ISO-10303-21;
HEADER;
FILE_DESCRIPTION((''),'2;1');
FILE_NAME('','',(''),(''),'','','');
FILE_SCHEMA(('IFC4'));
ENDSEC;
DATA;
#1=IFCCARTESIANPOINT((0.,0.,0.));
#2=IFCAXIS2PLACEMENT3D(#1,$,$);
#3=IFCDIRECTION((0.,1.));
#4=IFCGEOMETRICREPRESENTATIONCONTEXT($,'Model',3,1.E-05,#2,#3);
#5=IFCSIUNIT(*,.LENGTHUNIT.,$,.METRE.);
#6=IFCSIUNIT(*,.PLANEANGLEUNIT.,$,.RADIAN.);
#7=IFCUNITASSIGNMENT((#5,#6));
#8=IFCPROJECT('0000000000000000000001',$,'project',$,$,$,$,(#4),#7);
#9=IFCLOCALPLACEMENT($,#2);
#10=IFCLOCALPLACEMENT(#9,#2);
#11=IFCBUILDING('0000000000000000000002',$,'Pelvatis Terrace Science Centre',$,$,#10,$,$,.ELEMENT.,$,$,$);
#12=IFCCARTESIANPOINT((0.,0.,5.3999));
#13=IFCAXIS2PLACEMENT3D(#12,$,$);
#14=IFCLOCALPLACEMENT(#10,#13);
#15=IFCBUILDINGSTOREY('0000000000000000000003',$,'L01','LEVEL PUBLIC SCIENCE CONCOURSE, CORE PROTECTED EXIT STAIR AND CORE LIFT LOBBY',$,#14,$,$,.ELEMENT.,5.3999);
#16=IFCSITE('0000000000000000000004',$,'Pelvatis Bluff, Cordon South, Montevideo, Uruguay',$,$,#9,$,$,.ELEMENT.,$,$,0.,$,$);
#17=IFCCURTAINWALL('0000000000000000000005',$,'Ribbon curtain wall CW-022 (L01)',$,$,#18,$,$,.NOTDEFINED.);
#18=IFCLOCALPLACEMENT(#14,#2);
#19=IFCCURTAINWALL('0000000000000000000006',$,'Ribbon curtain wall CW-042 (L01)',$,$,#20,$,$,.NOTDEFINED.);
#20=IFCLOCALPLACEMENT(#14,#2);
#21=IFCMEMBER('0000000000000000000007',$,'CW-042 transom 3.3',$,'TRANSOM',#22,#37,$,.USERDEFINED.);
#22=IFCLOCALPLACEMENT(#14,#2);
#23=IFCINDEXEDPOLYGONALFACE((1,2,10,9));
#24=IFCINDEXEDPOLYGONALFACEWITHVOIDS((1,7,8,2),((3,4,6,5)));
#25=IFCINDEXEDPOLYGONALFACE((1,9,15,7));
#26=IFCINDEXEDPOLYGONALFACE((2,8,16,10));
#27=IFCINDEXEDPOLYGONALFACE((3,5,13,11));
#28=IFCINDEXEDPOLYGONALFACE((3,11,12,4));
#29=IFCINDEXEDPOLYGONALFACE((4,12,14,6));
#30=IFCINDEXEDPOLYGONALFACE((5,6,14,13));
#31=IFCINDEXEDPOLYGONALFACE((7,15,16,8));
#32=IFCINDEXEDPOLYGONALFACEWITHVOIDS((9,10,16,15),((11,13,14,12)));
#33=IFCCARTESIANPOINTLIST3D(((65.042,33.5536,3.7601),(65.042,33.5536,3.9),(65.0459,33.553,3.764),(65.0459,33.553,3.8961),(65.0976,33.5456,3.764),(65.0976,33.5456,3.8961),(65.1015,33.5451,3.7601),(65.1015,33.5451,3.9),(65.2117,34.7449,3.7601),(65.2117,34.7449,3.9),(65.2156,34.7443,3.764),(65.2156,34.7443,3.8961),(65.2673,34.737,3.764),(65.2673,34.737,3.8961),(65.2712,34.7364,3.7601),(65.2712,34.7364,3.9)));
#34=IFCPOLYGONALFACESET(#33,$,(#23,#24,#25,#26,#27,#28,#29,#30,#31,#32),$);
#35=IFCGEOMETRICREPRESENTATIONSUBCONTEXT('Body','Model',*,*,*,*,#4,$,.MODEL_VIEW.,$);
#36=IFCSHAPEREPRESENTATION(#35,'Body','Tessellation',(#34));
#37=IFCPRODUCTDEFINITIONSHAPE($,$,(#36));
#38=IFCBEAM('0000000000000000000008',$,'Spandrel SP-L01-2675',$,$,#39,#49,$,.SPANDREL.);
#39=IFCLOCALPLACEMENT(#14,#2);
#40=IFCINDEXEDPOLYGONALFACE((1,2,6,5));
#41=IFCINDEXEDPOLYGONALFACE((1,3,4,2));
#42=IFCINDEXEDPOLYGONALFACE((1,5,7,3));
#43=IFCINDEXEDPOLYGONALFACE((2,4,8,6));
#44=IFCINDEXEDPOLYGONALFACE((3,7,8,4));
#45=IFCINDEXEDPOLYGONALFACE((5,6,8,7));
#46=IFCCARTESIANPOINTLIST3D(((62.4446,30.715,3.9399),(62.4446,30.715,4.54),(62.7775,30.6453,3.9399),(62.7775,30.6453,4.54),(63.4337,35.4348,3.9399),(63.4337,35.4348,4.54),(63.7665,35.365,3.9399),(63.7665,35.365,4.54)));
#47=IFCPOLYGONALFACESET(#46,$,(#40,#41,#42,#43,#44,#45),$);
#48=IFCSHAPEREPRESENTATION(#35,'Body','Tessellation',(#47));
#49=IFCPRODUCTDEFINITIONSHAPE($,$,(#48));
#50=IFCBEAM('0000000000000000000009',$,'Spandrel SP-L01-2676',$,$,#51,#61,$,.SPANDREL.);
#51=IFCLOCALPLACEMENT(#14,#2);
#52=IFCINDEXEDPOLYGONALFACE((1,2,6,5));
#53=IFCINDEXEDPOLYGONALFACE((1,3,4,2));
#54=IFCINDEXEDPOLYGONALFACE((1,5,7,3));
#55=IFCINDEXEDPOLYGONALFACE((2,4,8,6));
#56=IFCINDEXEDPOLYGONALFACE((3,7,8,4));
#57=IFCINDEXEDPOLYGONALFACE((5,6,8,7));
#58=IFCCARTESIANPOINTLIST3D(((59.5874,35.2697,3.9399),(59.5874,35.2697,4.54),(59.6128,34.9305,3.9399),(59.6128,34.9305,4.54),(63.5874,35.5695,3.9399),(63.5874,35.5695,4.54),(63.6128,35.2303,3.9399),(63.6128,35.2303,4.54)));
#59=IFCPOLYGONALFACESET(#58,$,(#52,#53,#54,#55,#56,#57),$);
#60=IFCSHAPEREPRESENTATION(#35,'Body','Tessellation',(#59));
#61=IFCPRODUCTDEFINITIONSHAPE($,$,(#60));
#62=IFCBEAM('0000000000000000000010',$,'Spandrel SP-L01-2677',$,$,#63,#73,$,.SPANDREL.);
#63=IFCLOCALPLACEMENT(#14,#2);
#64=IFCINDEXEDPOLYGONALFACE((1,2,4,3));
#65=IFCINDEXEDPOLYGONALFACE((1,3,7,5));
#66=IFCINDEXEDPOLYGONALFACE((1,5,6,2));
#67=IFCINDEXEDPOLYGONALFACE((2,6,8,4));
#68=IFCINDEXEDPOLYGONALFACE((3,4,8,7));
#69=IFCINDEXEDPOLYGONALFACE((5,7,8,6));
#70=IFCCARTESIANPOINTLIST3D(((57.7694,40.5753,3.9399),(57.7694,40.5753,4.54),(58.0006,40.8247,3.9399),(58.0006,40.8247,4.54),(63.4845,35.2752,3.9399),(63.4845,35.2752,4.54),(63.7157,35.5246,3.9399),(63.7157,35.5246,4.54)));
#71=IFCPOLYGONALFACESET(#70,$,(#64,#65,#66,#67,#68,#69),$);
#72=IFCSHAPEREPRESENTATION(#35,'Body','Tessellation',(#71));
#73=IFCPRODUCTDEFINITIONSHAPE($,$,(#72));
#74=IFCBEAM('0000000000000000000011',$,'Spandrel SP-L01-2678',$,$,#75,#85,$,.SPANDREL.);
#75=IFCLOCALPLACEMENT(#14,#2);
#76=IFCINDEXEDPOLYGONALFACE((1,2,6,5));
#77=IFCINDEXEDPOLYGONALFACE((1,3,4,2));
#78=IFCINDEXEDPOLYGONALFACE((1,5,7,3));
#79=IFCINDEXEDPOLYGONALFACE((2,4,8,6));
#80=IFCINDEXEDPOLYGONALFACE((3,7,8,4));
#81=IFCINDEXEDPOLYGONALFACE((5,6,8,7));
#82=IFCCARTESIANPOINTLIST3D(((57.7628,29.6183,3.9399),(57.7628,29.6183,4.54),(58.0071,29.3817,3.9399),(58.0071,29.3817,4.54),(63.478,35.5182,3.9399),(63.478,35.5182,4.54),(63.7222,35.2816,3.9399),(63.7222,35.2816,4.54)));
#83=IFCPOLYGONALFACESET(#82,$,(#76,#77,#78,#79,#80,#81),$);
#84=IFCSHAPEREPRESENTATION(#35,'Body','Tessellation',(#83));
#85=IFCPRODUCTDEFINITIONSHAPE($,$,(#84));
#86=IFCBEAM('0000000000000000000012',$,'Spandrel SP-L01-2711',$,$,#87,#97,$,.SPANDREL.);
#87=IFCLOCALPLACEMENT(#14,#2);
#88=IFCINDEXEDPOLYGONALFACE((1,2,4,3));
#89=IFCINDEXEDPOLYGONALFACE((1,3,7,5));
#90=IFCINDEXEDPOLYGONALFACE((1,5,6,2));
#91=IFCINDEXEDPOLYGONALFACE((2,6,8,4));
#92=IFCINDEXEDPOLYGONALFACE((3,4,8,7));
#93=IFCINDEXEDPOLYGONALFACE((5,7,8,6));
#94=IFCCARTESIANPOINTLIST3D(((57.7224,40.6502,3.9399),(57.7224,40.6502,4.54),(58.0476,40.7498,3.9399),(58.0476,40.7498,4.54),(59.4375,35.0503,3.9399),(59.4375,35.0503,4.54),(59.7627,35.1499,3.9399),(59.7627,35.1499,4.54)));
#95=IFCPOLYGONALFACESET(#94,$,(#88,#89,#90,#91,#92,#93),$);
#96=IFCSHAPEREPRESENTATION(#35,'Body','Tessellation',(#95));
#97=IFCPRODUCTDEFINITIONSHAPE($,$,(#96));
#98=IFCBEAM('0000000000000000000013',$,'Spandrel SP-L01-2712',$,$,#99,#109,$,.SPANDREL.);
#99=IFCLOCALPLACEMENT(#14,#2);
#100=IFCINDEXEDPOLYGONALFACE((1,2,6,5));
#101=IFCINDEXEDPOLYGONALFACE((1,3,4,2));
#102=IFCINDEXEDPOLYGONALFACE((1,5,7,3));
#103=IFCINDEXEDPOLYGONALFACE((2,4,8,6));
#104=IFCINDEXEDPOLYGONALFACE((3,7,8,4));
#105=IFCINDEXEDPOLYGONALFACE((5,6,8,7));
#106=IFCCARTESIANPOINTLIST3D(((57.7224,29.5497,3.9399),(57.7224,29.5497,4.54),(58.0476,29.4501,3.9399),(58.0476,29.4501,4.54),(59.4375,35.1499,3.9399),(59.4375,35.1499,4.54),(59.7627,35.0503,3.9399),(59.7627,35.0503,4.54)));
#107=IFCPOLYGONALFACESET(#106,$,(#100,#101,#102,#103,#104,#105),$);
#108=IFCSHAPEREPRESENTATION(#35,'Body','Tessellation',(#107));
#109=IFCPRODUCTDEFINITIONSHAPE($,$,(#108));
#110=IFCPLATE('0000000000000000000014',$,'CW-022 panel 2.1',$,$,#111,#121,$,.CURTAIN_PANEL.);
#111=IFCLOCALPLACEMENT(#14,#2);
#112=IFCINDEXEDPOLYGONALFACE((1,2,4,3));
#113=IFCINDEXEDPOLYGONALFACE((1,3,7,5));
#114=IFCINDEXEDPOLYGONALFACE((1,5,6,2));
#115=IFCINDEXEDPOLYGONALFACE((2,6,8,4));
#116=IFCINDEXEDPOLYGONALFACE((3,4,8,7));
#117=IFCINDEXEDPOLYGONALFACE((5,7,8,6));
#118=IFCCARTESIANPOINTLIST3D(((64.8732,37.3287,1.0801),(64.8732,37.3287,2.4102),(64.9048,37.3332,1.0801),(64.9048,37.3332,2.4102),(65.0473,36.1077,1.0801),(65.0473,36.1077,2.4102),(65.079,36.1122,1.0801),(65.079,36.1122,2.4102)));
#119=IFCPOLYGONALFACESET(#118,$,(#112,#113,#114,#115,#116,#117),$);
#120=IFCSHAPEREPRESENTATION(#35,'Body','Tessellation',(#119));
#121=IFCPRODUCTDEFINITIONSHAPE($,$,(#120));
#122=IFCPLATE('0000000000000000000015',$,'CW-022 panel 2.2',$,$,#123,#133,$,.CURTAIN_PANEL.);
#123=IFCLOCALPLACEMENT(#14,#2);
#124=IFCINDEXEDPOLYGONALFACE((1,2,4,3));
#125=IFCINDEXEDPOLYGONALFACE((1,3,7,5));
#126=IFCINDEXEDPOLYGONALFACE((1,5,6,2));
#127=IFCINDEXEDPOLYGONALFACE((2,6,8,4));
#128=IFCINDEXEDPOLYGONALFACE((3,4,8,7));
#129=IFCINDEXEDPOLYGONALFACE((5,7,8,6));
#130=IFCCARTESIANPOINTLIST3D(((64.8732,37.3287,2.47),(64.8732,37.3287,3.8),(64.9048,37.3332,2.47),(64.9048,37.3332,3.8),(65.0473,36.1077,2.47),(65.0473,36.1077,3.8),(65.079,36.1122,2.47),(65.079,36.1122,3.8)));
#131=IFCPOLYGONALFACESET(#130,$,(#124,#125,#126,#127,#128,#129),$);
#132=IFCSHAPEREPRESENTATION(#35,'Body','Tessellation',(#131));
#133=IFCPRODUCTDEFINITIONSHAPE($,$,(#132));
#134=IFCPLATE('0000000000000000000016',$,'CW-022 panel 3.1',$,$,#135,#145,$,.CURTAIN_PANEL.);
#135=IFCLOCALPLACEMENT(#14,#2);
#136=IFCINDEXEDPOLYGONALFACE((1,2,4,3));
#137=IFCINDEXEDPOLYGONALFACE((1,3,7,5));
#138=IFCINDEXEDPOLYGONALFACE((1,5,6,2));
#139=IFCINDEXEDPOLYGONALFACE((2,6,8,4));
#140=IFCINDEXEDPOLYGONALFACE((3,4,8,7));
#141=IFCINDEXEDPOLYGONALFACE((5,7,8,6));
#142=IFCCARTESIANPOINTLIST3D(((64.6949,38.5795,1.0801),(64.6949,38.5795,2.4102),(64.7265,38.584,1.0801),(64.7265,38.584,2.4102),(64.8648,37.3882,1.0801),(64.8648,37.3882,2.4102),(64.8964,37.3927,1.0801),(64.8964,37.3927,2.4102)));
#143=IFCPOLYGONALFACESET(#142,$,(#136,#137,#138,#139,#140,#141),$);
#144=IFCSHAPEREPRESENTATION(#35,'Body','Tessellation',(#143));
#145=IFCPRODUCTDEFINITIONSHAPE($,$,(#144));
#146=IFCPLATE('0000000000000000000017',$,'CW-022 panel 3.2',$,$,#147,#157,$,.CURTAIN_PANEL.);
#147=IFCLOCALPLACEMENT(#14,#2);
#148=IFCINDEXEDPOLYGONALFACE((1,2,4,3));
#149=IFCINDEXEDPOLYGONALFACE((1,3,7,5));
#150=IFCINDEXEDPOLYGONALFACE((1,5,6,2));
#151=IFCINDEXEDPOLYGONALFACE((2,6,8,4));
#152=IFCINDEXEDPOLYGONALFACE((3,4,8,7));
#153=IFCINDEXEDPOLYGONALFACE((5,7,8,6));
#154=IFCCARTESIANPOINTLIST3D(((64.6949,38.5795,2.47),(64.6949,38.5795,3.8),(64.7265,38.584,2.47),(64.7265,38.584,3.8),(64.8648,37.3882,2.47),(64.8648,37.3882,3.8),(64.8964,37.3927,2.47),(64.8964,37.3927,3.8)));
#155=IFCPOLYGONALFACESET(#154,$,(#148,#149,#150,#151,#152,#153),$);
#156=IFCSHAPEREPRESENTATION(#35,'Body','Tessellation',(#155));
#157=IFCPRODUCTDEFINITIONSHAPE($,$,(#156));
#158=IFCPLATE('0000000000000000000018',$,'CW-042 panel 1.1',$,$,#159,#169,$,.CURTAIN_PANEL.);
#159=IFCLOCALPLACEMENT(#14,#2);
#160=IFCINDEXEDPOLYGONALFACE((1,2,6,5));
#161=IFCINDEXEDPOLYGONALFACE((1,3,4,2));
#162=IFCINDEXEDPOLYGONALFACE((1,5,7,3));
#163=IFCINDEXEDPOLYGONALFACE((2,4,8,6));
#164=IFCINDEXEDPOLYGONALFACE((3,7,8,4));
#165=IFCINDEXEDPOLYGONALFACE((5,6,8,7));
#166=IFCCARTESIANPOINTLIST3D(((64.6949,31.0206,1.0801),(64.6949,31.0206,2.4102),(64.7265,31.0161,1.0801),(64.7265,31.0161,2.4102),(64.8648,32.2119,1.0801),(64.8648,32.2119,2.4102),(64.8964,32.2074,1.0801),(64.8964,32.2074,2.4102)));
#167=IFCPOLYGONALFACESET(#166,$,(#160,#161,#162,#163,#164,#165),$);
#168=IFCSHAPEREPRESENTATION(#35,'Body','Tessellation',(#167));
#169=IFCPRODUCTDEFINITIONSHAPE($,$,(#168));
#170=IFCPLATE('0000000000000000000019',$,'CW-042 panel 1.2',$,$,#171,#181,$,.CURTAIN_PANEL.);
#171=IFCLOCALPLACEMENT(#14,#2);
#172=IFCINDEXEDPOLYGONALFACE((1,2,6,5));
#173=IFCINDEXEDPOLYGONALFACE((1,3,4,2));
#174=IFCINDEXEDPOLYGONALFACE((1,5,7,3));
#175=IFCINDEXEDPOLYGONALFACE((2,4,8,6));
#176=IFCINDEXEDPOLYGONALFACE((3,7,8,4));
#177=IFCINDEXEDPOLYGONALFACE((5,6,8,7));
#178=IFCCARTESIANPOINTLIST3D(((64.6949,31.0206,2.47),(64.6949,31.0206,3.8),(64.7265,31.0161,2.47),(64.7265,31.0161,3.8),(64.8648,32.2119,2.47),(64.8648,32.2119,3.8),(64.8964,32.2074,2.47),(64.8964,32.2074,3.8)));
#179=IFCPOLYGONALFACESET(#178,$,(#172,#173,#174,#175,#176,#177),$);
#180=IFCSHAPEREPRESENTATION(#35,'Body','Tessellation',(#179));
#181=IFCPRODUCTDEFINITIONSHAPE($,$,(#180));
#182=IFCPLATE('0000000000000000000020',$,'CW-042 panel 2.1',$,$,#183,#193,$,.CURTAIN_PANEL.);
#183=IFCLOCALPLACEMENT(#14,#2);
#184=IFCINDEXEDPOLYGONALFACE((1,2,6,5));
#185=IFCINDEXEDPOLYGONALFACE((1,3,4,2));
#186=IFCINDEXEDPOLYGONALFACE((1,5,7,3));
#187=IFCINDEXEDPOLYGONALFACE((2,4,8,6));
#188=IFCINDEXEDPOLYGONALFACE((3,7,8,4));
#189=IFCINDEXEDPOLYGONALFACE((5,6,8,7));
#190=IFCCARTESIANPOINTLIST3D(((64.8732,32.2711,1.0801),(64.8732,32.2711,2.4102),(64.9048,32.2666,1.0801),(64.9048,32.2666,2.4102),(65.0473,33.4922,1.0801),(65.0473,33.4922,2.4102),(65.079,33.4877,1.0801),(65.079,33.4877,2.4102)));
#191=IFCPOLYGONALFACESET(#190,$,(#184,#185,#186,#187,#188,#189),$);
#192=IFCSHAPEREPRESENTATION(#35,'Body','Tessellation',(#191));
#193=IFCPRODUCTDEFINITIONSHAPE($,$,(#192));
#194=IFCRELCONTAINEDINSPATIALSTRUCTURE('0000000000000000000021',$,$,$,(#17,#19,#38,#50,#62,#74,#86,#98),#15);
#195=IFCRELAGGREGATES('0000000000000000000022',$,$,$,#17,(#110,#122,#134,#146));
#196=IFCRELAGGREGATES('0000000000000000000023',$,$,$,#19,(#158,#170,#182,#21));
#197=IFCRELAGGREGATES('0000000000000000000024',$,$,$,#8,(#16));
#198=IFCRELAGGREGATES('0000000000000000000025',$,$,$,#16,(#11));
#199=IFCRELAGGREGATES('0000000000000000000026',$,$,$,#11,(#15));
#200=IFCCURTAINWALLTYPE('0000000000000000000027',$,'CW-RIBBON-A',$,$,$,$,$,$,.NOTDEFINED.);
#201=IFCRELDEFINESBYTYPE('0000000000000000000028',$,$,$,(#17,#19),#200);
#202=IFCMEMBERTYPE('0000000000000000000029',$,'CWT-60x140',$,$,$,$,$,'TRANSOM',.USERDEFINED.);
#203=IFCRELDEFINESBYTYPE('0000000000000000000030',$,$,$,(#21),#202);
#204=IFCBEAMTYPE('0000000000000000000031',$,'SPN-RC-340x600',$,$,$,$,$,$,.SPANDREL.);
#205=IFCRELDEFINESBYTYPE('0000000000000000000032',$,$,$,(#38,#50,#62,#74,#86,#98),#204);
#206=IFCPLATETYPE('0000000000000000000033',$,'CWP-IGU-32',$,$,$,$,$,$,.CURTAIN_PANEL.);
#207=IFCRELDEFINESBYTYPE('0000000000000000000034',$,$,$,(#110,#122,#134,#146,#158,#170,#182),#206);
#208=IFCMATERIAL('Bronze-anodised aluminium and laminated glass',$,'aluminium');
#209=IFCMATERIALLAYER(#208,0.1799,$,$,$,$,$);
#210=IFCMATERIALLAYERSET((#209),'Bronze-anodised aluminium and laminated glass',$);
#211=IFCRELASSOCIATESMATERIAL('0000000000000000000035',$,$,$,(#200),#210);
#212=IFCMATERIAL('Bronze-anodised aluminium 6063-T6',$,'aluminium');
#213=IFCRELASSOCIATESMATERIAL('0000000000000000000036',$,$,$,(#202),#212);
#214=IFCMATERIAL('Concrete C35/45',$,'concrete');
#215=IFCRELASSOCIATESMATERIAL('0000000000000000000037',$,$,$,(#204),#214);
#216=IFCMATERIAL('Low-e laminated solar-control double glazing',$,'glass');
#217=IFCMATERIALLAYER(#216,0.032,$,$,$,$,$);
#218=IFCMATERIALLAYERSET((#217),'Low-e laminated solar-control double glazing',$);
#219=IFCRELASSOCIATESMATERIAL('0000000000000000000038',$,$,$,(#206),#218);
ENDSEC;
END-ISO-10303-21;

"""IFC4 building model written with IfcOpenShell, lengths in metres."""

from ifc_helpers import new_model, si_unit, direction, frame, origin, origin_2d, place, context, subcontext, project, spatial, rectangle, hollow_rectangle, extrude, material, layer, layer_set, material_profile, profile_set, type_object, element, aggregate, save


model = new_model("IFC4")

# Units and contexts
model_context = context("Model", 3, precision=1e-05, world=origin(), true_north=direction((0.0, 1.0)))
body_context = subcontext(model_context, "Body", "Model", "MODEL_VIEW")
ifc_project = project(units=[si_unit("LENGTHUNIT", "METRE"), si_unit("PLANEANGLEUNIT", "RADIAN")], contexts=[model_context])

# Site, building, storey
site_placement = place(None, origin())
site = spatial("IfcSite", under=ifc_project, at=site_placement, Name="Pelvatis Bluff, Cordon South, Montevideo, Uruguay", CompositionType="ELEMENT", RefElevation=0.0)
building_placement = place(site_placement, origin())
building = spatial("IfcBuilding", under=site, at=building_placement, Name="Pelvatis Terrace Science Centre", CompositionType="ELEMENT")
storey_placement = place(building_placement, frame((0.0, 0.0, 5.3999)))
storey = spatial("IfcBuildingStorey", under=building, at=storey_placement, Name="L01", Description="LEVEL PUBLIC SCIENCE CONCOURSE, CORE PROTECTED EXIT STAIR AND CORE LIFT LOBBY", CompositionType="ELEMENT", Elevation=5.3999)

# Curtain walls
ifc_material_1 = material(Name="Bronze-anodised aluminium and laminated glass", Category="aluminium")
ifc_layer_1 = layer(ifc_material_1, 0.1799)
ifc_layer_set_1 = layer_set([ifc_layer_1], Name="Bronze-anodised aluminium and laminated glass")
curtain_wall_type = type_object("IfcCurtainWallType", Name="CW-RIBBON-A", PredefinedType="NOTDEFINED", material=ifc_layer_set_1)
curtain_wall_1_placement = place(storey_placement, origin())
curtain_wall_1 = element("IfcCurtainWall", 1, at=curtain_wall_1_placement, inside=storey, type_object=curtain_wall_type, Name="Ribbon curtain wall CW-022 (L01)", PredefinedType="NOTDEFINED")
curtain_wall_2_placement = place(storey_placement, origin())
curtain_wall_2 = element("IfcCurtainWall", 2, at=curtain_wall_2_placement, inside=storey, type_object=curtain_wall_type, Name="Ribbon curtain wall CW-042 (L01)", PredefinedType="NOTDEFINED")

# Member
ifc_material_2 = material(Name="Bronze-anodised aluminium 6063-T6", Category="aluminium")
ifc_material_profile_1 = material_profile(ifc_material_2, hollow_rectangle(XDim=0.0601, YDim=0.1399, WallThickness=0.0039, at=origin_2d()), Name="ALU-TRN 60x140")
ifc_profile_set_1 = profile_set([ifc_material_profile_1], Name="Bronze-anodised aluminium 6063-T6")
member_type_1 = type_object("IfcMemberType", Name="CWT-60x140", ElementType="TRANSOM", PredefinedType="USERDEFINED", material=ifc_profile_set_1)
member_1_placement = place(storey_placement, frame((65.0718, 33.5493, 3.8301), z_axis=(0.140995, 0.99001, 0.0), x_axis=(-0.99001, 0.140995, 0.0)))
member_1 = element("IfcMember", 3, at=member_1_placement, type_object=member_type_1, Name="CW-042 transom 3.3", ObjectType="TRANSOM", PredefinedType="USERDEFINED", context=body_context, shape_type="SweptSolid", body=[
    extrude(hollow_rectangle(XDim=0.0601, YDim=0.1399, WallThickness=0.0039, at=origin_2d()), origin(), (0.0, 0.0, 1.0), 1.2034),
])

# Beams
ifc_material_3 = material(Name="Concrete C35/45", Category="concrete")
ifc_material_profile_2 = material_profile(ifc_material_3, rectangle(XDim=0.3401, YDim=0.6001, at=origin_2d()), Name="RC-SPN 340x600")
ifc_profile_set_2 = profile_set([ifc_material_profile_2], Name="Concrete C35/45")
beam_type = type_object("IfcBeamType", Name="SPN-RC-340x600", PredefinedType="SPANDREL", material=ifc_profile_set_2)
beam_1_placement = place(storey_placement, frame((63.6001, 35.3999, 4.24), z_axis=(-0.205094, -0.978742, 0.0), x_axis=(0.978742, -0.205094, 0.0)))
element("IfcBeam", 4, at=beam_1_placement, inside=storey, type_object=beam_type, Name="Spandrel SP-L01-2675", PredefinedType="SPANDREL", context=body_context, shape_type="SweptSolid", body=[
    extrude(rectangle(XDim=0.3401, YDim=0.6001, at=origin_2d()), origin(), (0.0, 0.0, 1.0), 4.8223),
])
beam_2_placement = place(storey_placement, frame((63.6001, 35.3999, 4.24), z_axis=(-0.997203, -0.074742, 0.0), x_axis=(0.074742, -0.997203, 0.0)))
element("IfcBeam", 5, at=beam_2_placement, inside=storey, type_object=beam_type, Name="Spandrel SP-L01-2676", PredefinedType="SPANDREL", context=body_context, shape_type="SweptSolid", body=[
    extrude(rectangle(XDim=0.3401, YDim=0.6001, at=origin_2d()), origin(), (0.0, 0.0, 1.0), 4.0112),
])
beam_3_placement = place(storey_placement, frame((63.6001, 35.3999, 4.24), z_axis=(-0.73323, 0.679981, 0.0), x_axis=(-0.679981, -0.73323, 0.0)))
element("IfcBeam", 6, at=beam_3_placement, inside=storey, type_object=beam_type, Name="Spandrel SP-L01-2677", PredefinedType="SPANDREL", context=body_context, shape_type="SweptSolid", body=[
    extrude(rectangle(XDim=0.3401, YDim=0.6001, at=origin_2d()), origin(), (0.0, 0.0, 1.0), 7.7944),
])
beam_4_placement = place(storey_placement, frame((63.6001, 35.3999, 4.24), z_axis=(-0.695767, -0.718267, 0.0), x_axis=(0.718267, -0.695767, 0.0)))
element("IfcBeam", 7, at=beam_4_placement, inside=storey, type_object=beam_type, Name="Spandrel SP-L01-2678", PredefinedType="SPANDREL", context=body_context, shape_type="SweptSolid", body=[
    extrude(rectangle(XDim=0.3401, YDim=0.6001, at=origin_2d()), origin(), (0.0, 0.0, 1.0), 8.2141),
])
beam_5_placement = place(storey_placement, frame((59.6001, 35.1001, 4.24), z_axis=(-0.292847, 0.956159, 0.0), x_axis=(-0.956159, -0.292847, 0.0)))
element("IfcBeam", 8, at=beam_5_placement, inside=storey, type_object=beam_type, Name="Spandrel SP-L01-2711", PredefinedType="SPANDREL", context=body_context, shape_type="SweptSolid", body=[
    extrude(rectangle(XDim=0.3401, YDim=0.6001, at=origin_2d()), origin(), (0.0, 0.0, 1.0), 5.8567),
])
beam_6_placement = place(storey_placement, frame((59.6001, 35.1001, 4.24), z_axis=(-0.292835, -0.956163, 0.0), x_axis=(0.956163, -0.292835, 0.0)))
element("IfcBeam", 9, at=beam_6_placement, inside=storey, type_object=beam_type, Name="Spandrel SP-L01-2712", PredefinedType="SPANDREL", context=body_context, shape_type="SweptSolid", body=[
    extrude(rectangle(XDim=0.3401, YDim=0.6001, at=origin_2d()), origin(), (0.0, 0.0, 1.0), 5.8569),
])

# Plates
ifc_material_4 = material(Name="Low-e laminated solar-control double glazing", Category="glass")
ifc_layer_2 = layer(ifc_material_4, 0.032)
ifc_layer_set_2 = layer_set([ifc_layer_2], Name="Low-e laminated solar-control double glazing")
plate_type = type_object("IfcPlateType", Name="CWP-IGU-32", PredefinedType="CURTAIN_PANEL", material=ifc_layer_set_2)
plate_1_placement = place(storey_placement, frame((64.9761, 36.7205, 1.0801), z_axis=(0.0, 0.0, 1.0), x_axis=(-0.141165, 0.989986, 0.0)))
plate_1 = element("IfcPlate", 10, at=plate_1_placement, type_object=plate_type, Name="CW-022 panel 2.1", PredefinedType="CURTAIN_PANEL", context=body_context, shape_type="SweptSolid", body=[
    extrude(rectangle(XDim=1.2334, YDim=0.032, at=origin_2d()), origin(), (0.0, 0.0, 1.0), 1.3301),
])
plate_2_placement = place(storey_placement, frame((64.9761, 36.7205, 2.47), z_axis=(0.0, 0.0, 1.0), x_axis=(-0.141165, 0.989986, 0.0)))
plate_2 = element("IfcPlate", 11, at=plate_2_placement, type_object=plate_type, Name="CW-022 panel 2.2", PredefinedType="CURTAIN_PANEL", context=body_context, shape_type="SweptSolid", body=[
    extrude(rectangle(XDim=1.2334, YDim=0.032, at=origin_2d()), origin(), (0.0, 0.0, 1.0), 1.3301),
])
plate_3_placement = place(storey_placement, frame((64.7957, 37.9861, 1.0801), z_axis=(0.0, 0.0, 1.0), x_axis=(-0.141165, 0.989986, 0.0)))
plate_3 = element("IfcPlate", 12, at=plate_3_placement, type_object=plate_type, Name="CW-022 panel 3.1", PredefinedType="CURTAIN_PANEL", context=body_context, shape_type="SweptSolid", body=[
    extrude(rectangle(XDim=1.2034, YDim=0.032, at=origin_2d()), origin(), (0.0, 0.0, 1.0), 1.3301),
])
plate_4_placement = place(storey_placement, frame((64.7957, 37.9861, 2.47), z_axis=(0.0, 0.0, 1.0), x_axis=(-0.141165, 0.989986, 0.0)))
plate_4 = element("IfcPlate", 13, at=plate_4_placement, type_object=plate_type, Name="CW-022 panel 3.2", PredefinedType="CURTAIN_PANEL", context=body_context, shape_type="SweptSolid", body=[
    extrude(rectangle(XDim=1.2034, YDim=0.032, at=origin_2d()), origin(), (0.0, 0.0, 1.0), 1.3301),
])
aggregate(curtain_wall_1, [plate_1, plate_2, plate_3, plate_4])
plate_5_placement = place(storey_placement, frame((64.7957, 31.614, 1.0801), z_axis=(0.0, 0.0, 1.0), x_axis=(0.141165, 0.989986, 0.0)))
plate_5 = element("IfcPlate", 14, at=plate_5_placement, type_object=plate_type, Name="CW-042 panel 1.1", PredefinedType="CURTAIN_PANEL", context=body_context, shape_type="SweptSolid", body=[
    extrude(rectangle(XDim=1.2034, YDim=0.032, at=origin_2d()), origin(), (0.0, 0.0, 1.0), 1.3301),
])
plate_6_placement = place(storey_placement, frame((64.7957, 31.614, 2.47), z_axis=(0.0, 0.0, 1.0), x_axis=(0.141165, 0.989986, 0.0)))
plate_6 = element("IfcPlate", 15, at=plate_6_placement, type_object=plate_type, Name="CW-042 panel 1.2", PredefinedType="CURTAIN_PANEL", context=body_context, shape_type="SweptSolid", body=[
    extrude(rectangle(XDim=1.2034, YDim=0.032, at=origin_2d()), origin(), (0.0, 0.0, 1.0), 1.3301),
])
plate_7_placement = place(storey_placement, frame((64.9761, 32.8794, 1.0801), z_axis=(0.0, 0.0, 1.0), x_axis=(0.141165, 0.989986, 0.0)))
plate_7 = element("IfcPlate", 16, at=plate_7_placement, type_object=plate_type, Name="CW-042 panel 2.1", PredefinedType="CURTAIN_PANEL", context=body_context, shape_type="SweptSolid", body=[
    extrude(rectangle(XDim=1.2334, YDim=0.032, at=origin_2d()), origin(), (0.0, 0.0, 1.0), 1.3301),
])
aggregate(curtain_wall_2, [plate_5, plate_6, plate_7, member_1])

save(model, "model.ifc")
